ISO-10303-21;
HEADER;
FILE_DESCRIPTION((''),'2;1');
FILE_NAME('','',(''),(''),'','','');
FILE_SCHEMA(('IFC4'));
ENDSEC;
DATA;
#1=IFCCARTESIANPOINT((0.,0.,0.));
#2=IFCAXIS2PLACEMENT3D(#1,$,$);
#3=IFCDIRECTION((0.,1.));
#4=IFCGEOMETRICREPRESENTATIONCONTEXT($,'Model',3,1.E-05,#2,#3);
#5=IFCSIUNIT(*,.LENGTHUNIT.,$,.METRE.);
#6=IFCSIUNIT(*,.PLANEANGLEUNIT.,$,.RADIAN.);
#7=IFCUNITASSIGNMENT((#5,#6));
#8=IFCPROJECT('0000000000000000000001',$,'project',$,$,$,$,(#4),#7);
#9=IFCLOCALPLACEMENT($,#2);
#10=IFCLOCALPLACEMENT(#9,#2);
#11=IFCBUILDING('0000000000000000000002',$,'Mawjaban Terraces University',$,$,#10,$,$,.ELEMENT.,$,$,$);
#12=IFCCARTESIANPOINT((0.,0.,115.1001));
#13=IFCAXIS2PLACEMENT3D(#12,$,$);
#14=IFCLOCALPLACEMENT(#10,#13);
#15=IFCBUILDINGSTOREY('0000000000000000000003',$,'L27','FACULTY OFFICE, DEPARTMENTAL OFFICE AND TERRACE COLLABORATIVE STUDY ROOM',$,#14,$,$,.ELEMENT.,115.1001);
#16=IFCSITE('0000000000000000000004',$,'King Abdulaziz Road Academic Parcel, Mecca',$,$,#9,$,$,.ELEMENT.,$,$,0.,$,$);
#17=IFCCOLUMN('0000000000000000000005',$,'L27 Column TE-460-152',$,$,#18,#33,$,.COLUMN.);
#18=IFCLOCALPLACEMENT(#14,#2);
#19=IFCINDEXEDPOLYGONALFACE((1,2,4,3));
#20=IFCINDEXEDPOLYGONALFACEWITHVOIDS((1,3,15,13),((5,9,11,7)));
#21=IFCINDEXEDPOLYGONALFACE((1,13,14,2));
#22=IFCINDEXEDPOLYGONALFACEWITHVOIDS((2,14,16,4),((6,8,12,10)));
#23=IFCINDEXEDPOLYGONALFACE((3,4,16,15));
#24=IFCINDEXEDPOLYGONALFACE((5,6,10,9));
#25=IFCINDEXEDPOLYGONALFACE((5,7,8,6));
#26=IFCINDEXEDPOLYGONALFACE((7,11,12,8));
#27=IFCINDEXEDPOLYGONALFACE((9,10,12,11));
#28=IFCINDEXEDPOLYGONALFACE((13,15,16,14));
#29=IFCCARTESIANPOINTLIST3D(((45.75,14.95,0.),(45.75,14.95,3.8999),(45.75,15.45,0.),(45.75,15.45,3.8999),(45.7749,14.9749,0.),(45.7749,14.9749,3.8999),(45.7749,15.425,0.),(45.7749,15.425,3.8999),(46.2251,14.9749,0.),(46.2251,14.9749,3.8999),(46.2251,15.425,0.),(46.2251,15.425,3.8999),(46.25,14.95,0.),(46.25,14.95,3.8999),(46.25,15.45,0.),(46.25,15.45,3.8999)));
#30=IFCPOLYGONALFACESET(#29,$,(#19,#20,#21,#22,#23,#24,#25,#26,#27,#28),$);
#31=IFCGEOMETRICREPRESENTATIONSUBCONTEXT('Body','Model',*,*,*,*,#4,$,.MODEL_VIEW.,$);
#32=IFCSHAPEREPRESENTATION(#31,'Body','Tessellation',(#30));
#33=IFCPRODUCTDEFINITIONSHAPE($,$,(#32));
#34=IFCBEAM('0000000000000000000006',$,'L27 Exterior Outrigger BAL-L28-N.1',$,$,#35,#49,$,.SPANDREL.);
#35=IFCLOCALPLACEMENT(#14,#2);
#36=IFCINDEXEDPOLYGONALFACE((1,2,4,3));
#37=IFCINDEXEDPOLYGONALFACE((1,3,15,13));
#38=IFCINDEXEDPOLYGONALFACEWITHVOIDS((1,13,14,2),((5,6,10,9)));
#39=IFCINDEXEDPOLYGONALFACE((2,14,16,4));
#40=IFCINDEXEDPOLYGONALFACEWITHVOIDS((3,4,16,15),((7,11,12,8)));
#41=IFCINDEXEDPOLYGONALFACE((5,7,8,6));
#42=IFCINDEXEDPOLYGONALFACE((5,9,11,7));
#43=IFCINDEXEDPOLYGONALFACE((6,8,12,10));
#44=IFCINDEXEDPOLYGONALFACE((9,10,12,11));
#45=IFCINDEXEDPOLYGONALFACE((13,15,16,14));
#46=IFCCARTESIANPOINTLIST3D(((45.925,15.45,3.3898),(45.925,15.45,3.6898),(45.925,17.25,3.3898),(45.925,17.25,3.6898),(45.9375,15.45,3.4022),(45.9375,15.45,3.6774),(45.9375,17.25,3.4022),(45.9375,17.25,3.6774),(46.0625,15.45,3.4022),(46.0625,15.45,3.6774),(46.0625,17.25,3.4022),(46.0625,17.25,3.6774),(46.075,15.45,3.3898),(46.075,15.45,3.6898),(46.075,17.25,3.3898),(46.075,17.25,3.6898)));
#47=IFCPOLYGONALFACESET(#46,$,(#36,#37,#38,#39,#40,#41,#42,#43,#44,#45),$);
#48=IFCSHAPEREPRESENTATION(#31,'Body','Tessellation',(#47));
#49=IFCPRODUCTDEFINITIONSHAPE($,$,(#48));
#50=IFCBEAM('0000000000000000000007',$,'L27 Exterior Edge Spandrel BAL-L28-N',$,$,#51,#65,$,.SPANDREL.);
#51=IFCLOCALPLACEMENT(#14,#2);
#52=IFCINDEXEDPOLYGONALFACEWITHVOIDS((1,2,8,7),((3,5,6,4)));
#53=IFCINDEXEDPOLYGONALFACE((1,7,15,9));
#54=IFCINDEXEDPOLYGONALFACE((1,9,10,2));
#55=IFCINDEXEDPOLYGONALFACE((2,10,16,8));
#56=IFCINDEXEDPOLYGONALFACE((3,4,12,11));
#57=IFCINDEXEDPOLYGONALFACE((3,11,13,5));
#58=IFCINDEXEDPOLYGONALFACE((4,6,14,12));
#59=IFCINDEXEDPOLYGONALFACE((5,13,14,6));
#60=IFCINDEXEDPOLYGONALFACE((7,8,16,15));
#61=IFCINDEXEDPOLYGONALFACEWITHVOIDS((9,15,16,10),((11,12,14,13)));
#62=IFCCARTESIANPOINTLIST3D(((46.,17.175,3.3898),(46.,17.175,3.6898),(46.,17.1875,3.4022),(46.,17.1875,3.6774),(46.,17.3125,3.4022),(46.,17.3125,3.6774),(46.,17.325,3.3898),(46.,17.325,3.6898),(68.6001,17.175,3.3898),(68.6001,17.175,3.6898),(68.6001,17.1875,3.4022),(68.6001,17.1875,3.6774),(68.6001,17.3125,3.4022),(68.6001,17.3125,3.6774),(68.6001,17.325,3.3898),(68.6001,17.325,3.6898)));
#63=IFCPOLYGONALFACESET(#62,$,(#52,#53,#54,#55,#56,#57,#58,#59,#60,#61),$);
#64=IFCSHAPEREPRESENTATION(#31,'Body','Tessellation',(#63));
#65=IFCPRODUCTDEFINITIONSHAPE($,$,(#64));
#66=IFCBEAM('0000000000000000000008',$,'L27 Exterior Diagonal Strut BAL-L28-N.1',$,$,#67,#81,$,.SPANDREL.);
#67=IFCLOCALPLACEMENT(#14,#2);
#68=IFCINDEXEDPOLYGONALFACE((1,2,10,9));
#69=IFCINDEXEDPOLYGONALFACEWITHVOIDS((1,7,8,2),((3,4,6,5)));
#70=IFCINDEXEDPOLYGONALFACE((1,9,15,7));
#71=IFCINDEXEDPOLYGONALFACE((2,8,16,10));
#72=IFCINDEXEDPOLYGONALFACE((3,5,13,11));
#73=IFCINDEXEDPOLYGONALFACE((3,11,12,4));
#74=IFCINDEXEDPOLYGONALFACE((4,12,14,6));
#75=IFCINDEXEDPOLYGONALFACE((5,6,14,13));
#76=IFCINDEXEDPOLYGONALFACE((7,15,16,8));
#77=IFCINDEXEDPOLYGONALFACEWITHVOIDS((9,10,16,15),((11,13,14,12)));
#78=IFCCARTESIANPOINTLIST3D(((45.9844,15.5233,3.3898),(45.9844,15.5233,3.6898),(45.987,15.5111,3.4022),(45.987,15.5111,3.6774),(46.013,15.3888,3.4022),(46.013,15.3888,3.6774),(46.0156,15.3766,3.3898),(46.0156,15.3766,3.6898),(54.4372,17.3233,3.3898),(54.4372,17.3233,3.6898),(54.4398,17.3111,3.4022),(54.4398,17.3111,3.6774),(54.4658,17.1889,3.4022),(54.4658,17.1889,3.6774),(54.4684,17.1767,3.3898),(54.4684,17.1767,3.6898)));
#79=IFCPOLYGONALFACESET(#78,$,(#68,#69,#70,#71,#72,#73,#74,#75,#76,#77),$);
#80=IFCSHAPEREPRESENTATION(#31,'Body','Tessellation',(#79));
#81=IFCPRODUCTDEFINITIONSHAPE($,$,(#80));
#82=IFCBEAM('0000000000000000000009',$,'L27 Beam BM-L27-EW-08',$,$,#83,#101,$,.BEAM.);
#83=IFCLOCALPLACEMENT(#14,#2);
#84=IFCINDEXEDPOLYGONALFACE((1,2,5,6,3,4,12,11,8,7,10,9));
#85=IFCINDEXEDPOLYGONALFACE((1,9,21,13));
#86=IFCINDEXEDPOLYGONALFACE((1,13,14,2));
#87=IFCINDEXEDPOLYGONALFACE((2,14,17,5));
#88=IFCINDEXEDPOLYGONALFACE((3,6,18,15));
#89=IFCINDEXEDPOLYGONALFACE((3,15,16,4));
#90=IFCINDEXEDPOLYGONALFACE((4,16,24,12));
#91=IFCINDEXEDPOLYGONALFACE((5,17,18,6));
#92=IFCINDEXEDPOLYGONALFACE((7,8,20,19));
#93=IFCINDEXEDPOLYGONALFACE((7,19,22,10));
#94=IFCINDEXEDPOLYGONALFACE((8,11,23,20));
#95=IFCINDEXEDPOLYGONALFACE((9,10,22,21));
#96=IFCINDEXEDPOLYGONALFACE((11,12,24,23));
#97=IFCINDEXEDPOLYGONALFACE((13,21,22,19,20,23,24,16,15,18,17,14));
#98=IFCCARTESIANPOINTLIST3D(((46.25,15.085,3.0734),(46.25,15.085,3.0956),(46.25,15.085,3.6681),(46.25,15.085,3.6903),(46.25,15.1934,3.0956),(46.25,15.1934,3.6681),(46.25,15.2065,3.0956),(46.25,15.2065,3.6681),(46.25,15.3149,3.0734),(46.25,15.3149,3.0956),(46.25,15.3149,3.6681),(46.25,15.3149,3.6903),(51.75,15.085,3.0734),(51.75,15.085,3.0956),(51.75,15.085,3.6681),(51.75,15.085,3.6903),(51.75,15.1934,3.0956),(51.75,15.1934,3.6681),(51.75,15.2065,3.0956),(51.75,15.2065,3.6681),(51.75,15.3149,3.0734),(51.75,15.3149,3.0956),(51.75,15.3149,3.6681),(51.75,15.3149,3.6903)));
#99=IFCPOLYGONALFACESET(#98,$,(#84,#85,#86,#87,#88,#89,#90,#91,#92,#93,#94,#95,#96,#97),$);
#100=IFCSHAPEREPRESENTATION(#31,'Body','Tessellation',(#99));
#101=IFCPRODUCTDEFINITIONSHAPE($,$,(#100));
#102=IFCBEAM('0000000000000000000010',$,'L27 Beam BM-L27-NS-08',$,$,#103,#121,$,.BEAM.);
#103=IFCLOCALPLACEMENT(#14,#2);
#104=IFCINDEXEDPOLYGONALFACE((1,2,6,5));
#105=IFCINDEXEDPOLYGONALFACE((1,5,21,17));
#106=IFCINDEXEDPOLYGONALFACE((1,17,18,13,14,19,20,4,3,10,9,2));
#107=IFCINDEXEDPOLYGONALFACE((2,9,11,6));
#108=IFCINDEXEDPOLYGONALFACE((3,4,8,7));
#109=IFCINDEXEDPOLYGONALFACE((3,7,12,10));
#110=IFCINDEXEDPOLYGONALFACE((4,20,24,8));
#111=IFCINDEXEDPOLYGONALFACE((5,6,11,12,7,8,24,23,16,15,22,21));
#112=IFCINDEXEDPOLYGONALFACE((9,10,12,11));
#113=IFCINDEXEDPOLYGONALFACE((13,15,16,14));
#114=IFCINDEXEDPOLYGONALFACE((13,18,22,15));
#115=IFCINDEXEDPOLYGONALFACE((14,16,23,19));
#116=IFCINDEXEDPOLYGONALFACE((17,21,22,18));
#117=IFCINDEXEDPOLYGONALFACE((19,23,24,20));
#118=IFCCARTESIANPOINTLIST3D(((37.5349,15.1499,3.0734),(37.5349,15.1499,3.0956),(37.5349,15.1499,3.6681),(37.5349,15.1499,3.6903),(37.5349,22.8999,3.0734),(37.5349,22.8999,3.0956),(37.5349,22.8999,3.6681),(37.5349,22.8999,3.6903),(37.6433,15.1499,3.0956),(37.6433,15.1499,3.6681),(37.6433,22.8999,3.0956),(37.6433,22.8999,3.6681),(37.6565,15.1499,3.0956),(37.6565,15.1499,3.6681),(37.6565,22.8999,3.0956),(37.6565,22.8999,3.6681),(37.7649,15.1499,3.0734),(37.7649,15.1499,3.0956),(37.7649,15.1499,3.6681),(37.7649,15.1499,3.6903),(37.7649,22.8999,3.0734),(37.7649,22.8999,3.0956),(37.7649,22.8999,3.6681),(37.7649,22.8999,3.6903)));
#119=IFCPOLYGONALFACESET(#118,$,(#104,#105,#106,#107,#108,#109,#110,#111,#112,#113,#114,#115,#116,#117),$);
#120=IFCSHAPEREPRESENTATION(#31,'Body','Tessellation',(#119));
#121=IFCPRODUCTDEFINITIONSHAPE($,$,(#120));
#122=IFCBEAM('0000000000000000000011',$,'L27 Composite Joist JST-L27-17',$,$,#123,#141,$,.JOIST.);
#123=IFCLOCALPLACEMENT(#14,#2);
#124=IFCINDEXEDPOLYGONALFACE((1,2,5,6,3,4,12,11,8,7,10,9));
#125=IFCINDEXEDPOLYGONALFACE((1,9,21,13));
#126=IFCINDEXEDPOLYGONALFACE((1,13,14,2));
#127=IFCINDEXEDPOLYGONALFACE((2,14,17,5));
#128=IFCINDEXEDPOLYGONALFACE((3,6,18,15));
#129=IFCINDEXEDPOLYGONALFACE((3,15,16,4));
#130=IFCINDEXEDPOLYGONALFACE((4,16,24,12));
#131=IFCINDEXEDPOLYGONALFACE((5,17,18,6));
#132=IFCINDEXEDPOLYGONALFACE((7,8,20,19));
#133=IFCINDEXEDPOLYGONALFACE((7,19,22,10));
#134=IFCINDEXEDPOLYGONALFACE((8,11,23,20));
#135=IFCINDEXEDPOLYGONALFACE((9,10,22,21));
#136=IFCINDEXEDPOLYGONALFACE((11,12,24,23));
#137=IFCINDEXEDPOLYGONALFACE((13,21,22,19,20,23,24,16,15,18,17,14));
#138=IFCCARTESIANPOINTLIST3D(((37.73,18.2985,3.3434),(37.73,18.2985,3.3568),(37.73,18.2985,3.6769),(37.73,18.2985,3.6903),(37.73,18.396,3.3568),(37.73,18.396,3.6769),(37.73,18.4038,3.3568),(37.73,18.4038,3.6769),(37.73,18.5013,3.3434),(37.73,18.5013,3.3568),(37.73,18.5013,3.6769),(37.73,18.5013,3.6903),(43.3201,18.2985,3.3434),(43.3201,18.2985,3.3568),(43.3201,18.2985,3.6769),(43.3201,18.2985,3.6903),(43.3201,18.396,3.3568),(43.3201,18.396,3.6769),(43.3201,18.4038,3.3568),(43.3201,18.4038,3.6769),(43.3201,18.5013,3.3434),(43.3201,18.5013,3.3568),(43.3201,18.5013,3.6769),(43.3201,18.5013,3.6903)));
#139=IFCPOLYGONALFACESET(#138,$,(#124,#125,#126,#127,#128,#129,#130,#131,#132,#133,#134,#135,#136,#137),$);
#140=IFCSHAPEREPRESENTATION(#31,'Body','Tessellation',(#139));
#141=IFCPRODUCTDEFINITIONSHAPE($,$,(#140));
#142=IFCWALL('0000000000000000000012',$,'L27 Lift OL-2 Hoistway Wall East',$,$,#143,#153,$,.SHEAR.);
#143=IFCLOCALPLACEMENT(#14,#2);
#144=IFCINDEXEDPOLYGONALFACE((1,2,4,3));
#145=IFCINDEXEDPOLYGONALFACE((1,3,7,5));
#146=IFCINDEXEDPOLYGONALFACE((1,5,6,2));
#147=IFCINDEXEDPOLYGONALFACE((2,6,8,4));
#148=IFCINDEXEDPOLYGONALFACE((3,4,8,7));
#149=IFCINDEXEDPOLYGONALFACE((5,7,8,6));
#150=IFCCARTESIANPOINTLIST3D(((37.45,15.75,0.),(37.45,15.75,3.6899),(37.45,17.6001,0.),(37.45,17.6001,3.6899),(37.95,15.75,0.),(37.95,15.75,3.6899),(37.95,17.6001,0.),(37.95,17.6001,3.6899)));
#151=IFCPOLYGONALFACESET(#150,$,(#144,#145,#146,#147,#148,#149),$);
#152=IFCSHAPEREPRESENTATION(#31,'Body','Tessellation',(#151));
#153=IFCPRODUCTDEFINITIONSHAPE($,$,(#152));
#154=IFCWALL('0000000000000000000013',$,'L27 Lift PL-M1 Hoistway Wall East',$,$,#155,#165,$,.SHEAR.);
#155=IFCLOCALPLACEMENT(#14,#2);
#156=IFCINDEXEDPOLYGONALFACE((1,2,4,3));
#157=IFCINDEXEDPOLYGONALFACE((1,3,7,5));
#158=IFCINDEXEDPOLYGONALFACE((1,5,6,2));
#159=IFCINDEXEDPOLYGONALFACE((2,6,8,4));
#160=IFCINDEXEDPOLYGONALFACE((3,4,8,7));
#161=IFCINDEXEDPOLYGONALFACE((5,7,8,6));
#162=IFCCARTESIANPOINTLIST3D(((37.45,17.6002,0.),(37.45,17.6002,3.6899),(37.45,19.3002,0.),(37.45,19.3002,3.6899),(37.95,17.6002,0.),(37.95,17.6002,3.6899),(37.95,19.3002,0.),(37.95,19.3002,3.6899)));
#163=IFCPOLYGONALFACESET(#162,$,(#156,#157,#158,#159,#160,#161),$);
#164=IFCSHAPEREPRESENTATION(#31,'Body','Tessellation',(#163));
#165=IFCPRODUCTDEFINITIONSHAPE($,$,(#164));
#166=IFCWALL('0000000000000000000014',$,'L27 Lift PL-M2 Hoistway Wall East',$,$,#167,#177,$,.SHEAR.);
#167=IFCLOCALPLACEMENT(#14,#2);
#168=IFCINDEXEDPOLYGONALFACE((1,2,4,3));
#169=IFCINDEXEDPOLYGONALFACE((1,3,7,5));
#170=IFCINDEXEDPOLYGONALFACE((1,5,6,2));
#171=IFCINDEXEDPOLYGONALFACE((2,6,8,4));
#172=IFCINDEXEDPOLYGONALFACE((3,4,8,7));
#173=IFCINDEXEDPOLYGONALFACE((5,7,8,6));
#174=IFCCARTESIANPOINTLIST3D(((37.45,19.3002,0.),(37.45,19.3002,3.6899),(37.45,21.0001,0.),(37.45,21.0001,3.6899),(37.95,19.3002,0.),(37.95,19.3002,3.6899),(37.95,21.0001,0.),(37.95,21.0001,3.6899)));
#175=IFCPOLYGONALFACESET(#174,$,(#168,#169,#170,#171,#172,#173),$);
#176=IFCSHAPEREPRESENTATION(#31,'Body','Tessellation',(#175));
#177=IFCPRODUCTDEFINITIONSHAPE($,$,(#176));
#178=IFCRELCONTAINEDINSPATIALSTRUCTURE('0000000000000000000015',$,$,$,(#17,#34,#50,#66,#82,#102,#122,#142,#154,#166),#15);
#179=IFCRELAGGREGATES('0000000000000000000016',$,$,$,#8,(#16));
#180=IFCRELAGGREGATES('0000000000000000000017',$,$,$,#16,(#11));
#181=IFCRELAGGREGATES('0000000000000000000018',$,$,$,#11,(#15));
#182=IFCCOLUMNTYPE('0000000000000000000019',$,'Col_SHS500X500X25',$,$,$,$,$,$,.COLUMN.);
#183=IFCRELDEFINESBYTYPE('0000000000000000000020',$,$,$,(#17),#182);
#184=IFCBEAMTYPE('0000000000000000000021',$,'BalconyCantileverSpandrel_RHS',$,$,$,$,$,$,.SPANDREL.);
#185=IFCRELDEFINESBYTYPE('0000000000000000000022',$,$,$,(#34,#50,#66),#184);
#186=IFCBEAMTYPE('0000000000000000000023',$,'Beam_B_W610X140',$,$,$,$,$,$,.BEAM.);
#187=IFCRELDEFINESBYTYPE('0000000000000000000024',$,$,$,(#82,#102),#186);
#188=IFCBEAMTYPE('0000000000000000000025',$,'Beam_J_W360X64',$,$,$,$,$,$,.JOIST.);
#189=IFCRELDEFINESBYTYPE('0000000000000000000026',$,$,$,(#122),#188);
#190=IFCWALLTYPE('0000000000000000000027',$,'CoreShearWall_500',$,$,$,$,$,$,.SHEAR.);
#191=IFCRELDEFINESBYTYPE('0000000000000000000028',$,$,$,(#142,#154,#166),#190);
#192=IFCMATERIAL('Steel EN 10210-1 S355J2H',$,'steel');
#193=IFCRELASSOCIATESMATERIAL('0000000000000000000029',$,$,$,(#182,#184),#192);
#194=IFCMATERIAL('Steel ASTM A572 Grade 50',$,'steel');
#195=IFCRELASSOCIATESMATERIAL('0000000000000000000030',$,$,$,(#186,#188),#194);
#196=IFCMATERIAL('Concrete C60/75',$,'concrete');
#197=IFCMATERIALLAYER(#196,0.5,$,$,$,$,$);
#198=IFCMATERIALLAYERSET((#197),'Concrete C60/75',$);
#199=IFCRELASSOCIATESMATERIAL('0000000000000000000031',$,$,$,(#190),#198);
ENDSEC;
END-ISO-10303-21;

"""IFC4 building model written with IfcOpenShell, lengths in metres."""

from ifc_helpers import new_model, si_unit, direction, frame, frame_2d, origin, origin_2d, place, context, subcontext, project, spatial, rectangle, hollow_rectangle, i_section, extrude, material, layer, layer_set, material_profile, profile_set, type_object, element, save


model = new_model("IFC4")

# Units and contexts
model_context = context("Model", 3, precision=1e-05, world=origin(), true_north=direction((0.0, 1.0)))
body_context = subcontext(model_context, "Body", "Model", "MODEL_VIEW")
ifc_project = project(units=[si_unit("LENGTHUNIT", "METRE"), si_unit("PLANEANGLEUNIT", "RADIAN")], contexts=[model_context])

# Site, building, storey
site_placement = place(None, origin())
site = spatial("IfcSite", under=ifc_project, at=site_placement, Name="King Abdulaziz Road Academic Parcel, Mecca", CompositionType="ELEMENT", RefElevation=0.0)
building_placement = place(site_placement, origin())
building = spatial("IfcBuilding", under=site, at=building_placement, Name="Mawjaban Terraces University", CompositionType="ELEMENT")
storey_placement = place(building_placement, frame((0.0, 0.0, 115.1001)))
storey = spatial("IfcBuildingStorey", under=building, at=storey_placement, Name="L27", Description="FACULTY OFFICE, DEPARTMENTAL OFFICE AND TERRACE COLLABORATIVE STUDY ROOM", CompositionType="ELEMENT", Elevation=115.1001)

# Column
ifc_material_1 = material(Name="Steel EN 10210-1 S355J2H", Category="steel")
ifc_material_profile_1 = material_profile(ifc_material_1, hollow_rectangle(XDim=0.5, YDim=0.5, WallThickness=0.0249, at=origin_2d()), Name="SHS500X500X25")
ifc_profile_set_1 = profile_set([ifc_material_profile_1], Name="Steel EN 10210-1 S355J2H")
column_type = type_object("IfcColumnType", Name="Col_SHS500X500X25", PredefinedType="COLUMN", material=ifc_profile_set_1)
column_placement = place(storey_placement, frame((46.0, 15.2, 0.0), z_axis=(0.0, 0.0, 1.0), x_axis=(1.0, 0.0, 0.0)))
element("IfcColumn", 1, at=column_placement, inside=storey, type_object=column_type, Name="L27 Column TE-460-152", PredefinedType="COLUMN", context=body_context, shape_type="SweptSolid", body=[
    extrude(hollow_rectangle(XDim=0.5, YDim=0.5, WallThickness=0.0249, at=origin_2d()), origin(), (0.0, 0.0, 1.0), 3.8999),
])

# Beams
ifc_material_profile_2 = material_profile(ifc_material_1, hollow_rectangle(XDim=0.1499, YDim=0.3, WallThickness=0.0125, at=origin_2d()), Name="RHS300X150X12.5")
ifc_profile_set_2 = profile_set([ifc_material_profile_2], Name="Steel EN 10210-1 S355J2H")
beam_type_1 = type_object("IfcBeamType", Name="BalconyCantileverSpandrel_RHS", PredefinedType="SPANDREL", material=ifc_profile_set_2)
beam_1_placement = place(storey_placement, frame((46.0, 15.45, 3.5398), z_axis=(0.0, 1.0, 0.0), x_axis=(-1.0, 0.0, 0.0)))
element("IfcBeam", 2, at=beam_1_placement, inside=storey, type_object=beam_type_1, Name="L27 Exterior Outrigger BAL-L28-N.1", PredefinedType="SPANDREL", context=body_context, shape_type="SweptSolid", body=[
    extrude(hollow_rectangle(XDim=0.1499, YDim=0.3, WallThickness=0.0125, at=origin_2d()), origin(), (0.0, 0.0, 1.0), 1.8),
])
beam_2_placement = place(storey_placement, frame((46.0, 17.25, 3.5398), z_axis=(1.0, 0.0, 0.0), x_axis=(0.0, 1.0, 0.0)))
element("IfcBeam", 3, at=beam_2_placement, inside=storey, type_object=beam_type_1, Name="L27 Exterior Edge Spandrel BAL-L28-N", PredefinedType="SPANDREL", context=body_context, shape_type="SweptSolid", body=[
    extrude(hollow_rectangle(XDim=0.1499, YDim=0.3, WallThickness=0.0125, at=origin_2d()), origin(), (0.0, 0.0, 1.0), 22.6001),
])
beam_3_placement = place(storey_placement, frame((46.0, 15.45, 3.5398), z_axis=(0.978069, 0.208281, 0.0), x_axis=(-0.208281, 0.978069, 0.0)))
element("IfcBeam", 4, at=beam_3_placement, inside=storey, type_object=beam_type_1, Name="L27 Exterior Diagonal Strut BAL-L28-N.1", PredefinedType="SPANDREL", context=body_context, shape_type="SweptSolid", body=[
    extrude(hollow_rectangle(XDim=0.1499, YDim=0.3, WallThickness=0.0125, at=origin_2d()), origin(), (0.0, 0.0, 1.0), 8.6423),
])
ifc_material_2 = material(Name="Steel ASTM A572 Grade 50", Category="steel")
ifc_material_profile_3 = material_profile(ifc_material_2, i_section(OverallWidth=0.23, OverallDepth=0.6169, WebThickness=0.0132, FlangeThickness=0.0222, at=origin_2d()), Name="W610X140")
ifc_profile_set_3 = profile_set([ifc_material_profile_3], Name="Steel ASTM A572 Grade 50")
beam_type_2 = type_object("IfcBeamType", Name="Beam_B_W610X140", PredefinedType="BEAM", material=ifc_profile_set_3)
beam_4_placement = place(storey_placement, frame((46.25, 15.2, 3.3818), z_axis=(1.0, 0.0, 0.0), x_axis=(0.0, 1.0, 0.0)))
element("IfcBeam", 5, at=beam_4_placement, inside=storey, type_object=beam_type_2, Name="L27 Beam BM-L27-EW-08", PredefinedType="BEAM", context=body_context, shape_type="SweptSolid", body=[
    extrude(i_section(OverallWidth=0.23, OverallDepth=0.6169, WebThickness=0.0132, FlangeThickness=0.0222, at=origin_2d()), origin(), (0.0, 0.0, 1.0), 5.5),
])
beam_5_placement = place(storey_placement, frame((37.6499, 15.1499, 3.3818), z_axis=(0.0, 1.0, 0.0), x_axis=(-1.0, 0.0, 0.0)))
element("IfcBeam", 6, at=beam_5_placement, inside=storey, type_object=beam_type_2, Name="L27 Beam BM-L27-NS-08", PredefinedType="BEAM", context=body_context, shape_type="SweptSolid", body=[
    extrude(i_section(OverallWidth=0.23, OverallDepth=0.6169, WebThickness=0.0132, FlangeThickness=0.0222, at=origin_2d()), origin(), (0.0, 0.0, 1.0), 7.75),
])
ifc_material_profile_4 = material_profile(ifc_material_2, i_section(OverallWidth=0.2029, OverallDepth=0.3469, WebThickness=0.0078, FlangeThickness=0.0134, at=origin_2d()), Name="W360X64")
ifc_profile_set_4 = profile_set([ifc_material_profile_4], Name="Steel ASTM A572 Grade 50")
beam_type_3 = type_object("IfcBeamType", Name="Beam_J_W360X64", PredefinedType="JOIST", material=ifc_profile_set_4)
beam_6_placement = place(storey_placement, frame((37.73, 18.3999, 3.5168), z_axis=(1.0, 0.0, 0.0), x_axis=(0.0, 1.0, 0.0)))
element("IfcBeam", 7, at=beam_6_placement, inside=storey, type_object=beam_type_3, Name="L27 Composite Joist JST-L27-17", PredefinedType="JOIST", context=body_context, shape_type="SweptSolid", body=[
    extrude(i_section(OverallWidth=0.2029, OverallDepth=0.3469, WebThickness=0.0078, FlangeThickness=0.0134, at=origin_2d()), origin(), (0.0, 0.0, 1.0), 5.5901),
])

# Walls
ifc_material_3 = material(Name="Concrete C60/75", Category="concrete")
ifc_layer_1 = layer(ifc_material_3, 0.5)
ifc_layer_set_1 = layer_set([ifc_layer_1], Name="Concrete C60/75")
wall_type_1 = type_object("IfcWallType", Name="CoreShearWall_500", PredefinedType="SHEAR", material=ifc_layer_set_1)
wall_1_placement = place(storey_placement, frame((37.7, 15.75, 0.0), z_axis=(0.0, 0.0, 1.0), x_axis=(0.0, 1.0, 0.0)))
element("IfcWall", 8, at=wall_1_placement, inside=storey, type_object=wall_type_1, Name="L27 Lift OL-2 Hoistway Wall East", PredefinedType="SHEAR", context=body_context, shape_type="SweptSolid", body=[
    extrude(rectangle(XDim=1.8501, YDim=0.5, at=frame_2d((0.925, 0.0))), origin(), (0.0, 0.0, 1.0), 3.6899),
])
for number, where, z_axis, x_axis, name in (
    (9, (37.7, 17.6001, 0.0), (0.0, 0.0, 1.0), (0.0, 1.0, 0.0), "L27 Lift PL-M1 Hoistway Wall East"),
    (10, (37.7, 19.3, 0.0), (0.0, 0.0, 1.0), (0.0, 1.0, 0.0), "L27 Lift PL-M2 Hoistway Wall East"),
):
    element("IfcWall", number, at=place(storey_placement, frame(where, z_axis=z_axis, x_axis=x_axis)), inside=storey, type_object=wall_type_1, Name=name, PredefinedType="SHEAR", context=body_context, shape_type="SweptSolid", body=[
        extrude(rectangle(XDim=1.7, YDim=0.5, at=frame_2d((0.8501, 0.0))), origin(), (0.0, 0.0, 1.0), 3.6899),
    ])

save(model, "model.ifc")
